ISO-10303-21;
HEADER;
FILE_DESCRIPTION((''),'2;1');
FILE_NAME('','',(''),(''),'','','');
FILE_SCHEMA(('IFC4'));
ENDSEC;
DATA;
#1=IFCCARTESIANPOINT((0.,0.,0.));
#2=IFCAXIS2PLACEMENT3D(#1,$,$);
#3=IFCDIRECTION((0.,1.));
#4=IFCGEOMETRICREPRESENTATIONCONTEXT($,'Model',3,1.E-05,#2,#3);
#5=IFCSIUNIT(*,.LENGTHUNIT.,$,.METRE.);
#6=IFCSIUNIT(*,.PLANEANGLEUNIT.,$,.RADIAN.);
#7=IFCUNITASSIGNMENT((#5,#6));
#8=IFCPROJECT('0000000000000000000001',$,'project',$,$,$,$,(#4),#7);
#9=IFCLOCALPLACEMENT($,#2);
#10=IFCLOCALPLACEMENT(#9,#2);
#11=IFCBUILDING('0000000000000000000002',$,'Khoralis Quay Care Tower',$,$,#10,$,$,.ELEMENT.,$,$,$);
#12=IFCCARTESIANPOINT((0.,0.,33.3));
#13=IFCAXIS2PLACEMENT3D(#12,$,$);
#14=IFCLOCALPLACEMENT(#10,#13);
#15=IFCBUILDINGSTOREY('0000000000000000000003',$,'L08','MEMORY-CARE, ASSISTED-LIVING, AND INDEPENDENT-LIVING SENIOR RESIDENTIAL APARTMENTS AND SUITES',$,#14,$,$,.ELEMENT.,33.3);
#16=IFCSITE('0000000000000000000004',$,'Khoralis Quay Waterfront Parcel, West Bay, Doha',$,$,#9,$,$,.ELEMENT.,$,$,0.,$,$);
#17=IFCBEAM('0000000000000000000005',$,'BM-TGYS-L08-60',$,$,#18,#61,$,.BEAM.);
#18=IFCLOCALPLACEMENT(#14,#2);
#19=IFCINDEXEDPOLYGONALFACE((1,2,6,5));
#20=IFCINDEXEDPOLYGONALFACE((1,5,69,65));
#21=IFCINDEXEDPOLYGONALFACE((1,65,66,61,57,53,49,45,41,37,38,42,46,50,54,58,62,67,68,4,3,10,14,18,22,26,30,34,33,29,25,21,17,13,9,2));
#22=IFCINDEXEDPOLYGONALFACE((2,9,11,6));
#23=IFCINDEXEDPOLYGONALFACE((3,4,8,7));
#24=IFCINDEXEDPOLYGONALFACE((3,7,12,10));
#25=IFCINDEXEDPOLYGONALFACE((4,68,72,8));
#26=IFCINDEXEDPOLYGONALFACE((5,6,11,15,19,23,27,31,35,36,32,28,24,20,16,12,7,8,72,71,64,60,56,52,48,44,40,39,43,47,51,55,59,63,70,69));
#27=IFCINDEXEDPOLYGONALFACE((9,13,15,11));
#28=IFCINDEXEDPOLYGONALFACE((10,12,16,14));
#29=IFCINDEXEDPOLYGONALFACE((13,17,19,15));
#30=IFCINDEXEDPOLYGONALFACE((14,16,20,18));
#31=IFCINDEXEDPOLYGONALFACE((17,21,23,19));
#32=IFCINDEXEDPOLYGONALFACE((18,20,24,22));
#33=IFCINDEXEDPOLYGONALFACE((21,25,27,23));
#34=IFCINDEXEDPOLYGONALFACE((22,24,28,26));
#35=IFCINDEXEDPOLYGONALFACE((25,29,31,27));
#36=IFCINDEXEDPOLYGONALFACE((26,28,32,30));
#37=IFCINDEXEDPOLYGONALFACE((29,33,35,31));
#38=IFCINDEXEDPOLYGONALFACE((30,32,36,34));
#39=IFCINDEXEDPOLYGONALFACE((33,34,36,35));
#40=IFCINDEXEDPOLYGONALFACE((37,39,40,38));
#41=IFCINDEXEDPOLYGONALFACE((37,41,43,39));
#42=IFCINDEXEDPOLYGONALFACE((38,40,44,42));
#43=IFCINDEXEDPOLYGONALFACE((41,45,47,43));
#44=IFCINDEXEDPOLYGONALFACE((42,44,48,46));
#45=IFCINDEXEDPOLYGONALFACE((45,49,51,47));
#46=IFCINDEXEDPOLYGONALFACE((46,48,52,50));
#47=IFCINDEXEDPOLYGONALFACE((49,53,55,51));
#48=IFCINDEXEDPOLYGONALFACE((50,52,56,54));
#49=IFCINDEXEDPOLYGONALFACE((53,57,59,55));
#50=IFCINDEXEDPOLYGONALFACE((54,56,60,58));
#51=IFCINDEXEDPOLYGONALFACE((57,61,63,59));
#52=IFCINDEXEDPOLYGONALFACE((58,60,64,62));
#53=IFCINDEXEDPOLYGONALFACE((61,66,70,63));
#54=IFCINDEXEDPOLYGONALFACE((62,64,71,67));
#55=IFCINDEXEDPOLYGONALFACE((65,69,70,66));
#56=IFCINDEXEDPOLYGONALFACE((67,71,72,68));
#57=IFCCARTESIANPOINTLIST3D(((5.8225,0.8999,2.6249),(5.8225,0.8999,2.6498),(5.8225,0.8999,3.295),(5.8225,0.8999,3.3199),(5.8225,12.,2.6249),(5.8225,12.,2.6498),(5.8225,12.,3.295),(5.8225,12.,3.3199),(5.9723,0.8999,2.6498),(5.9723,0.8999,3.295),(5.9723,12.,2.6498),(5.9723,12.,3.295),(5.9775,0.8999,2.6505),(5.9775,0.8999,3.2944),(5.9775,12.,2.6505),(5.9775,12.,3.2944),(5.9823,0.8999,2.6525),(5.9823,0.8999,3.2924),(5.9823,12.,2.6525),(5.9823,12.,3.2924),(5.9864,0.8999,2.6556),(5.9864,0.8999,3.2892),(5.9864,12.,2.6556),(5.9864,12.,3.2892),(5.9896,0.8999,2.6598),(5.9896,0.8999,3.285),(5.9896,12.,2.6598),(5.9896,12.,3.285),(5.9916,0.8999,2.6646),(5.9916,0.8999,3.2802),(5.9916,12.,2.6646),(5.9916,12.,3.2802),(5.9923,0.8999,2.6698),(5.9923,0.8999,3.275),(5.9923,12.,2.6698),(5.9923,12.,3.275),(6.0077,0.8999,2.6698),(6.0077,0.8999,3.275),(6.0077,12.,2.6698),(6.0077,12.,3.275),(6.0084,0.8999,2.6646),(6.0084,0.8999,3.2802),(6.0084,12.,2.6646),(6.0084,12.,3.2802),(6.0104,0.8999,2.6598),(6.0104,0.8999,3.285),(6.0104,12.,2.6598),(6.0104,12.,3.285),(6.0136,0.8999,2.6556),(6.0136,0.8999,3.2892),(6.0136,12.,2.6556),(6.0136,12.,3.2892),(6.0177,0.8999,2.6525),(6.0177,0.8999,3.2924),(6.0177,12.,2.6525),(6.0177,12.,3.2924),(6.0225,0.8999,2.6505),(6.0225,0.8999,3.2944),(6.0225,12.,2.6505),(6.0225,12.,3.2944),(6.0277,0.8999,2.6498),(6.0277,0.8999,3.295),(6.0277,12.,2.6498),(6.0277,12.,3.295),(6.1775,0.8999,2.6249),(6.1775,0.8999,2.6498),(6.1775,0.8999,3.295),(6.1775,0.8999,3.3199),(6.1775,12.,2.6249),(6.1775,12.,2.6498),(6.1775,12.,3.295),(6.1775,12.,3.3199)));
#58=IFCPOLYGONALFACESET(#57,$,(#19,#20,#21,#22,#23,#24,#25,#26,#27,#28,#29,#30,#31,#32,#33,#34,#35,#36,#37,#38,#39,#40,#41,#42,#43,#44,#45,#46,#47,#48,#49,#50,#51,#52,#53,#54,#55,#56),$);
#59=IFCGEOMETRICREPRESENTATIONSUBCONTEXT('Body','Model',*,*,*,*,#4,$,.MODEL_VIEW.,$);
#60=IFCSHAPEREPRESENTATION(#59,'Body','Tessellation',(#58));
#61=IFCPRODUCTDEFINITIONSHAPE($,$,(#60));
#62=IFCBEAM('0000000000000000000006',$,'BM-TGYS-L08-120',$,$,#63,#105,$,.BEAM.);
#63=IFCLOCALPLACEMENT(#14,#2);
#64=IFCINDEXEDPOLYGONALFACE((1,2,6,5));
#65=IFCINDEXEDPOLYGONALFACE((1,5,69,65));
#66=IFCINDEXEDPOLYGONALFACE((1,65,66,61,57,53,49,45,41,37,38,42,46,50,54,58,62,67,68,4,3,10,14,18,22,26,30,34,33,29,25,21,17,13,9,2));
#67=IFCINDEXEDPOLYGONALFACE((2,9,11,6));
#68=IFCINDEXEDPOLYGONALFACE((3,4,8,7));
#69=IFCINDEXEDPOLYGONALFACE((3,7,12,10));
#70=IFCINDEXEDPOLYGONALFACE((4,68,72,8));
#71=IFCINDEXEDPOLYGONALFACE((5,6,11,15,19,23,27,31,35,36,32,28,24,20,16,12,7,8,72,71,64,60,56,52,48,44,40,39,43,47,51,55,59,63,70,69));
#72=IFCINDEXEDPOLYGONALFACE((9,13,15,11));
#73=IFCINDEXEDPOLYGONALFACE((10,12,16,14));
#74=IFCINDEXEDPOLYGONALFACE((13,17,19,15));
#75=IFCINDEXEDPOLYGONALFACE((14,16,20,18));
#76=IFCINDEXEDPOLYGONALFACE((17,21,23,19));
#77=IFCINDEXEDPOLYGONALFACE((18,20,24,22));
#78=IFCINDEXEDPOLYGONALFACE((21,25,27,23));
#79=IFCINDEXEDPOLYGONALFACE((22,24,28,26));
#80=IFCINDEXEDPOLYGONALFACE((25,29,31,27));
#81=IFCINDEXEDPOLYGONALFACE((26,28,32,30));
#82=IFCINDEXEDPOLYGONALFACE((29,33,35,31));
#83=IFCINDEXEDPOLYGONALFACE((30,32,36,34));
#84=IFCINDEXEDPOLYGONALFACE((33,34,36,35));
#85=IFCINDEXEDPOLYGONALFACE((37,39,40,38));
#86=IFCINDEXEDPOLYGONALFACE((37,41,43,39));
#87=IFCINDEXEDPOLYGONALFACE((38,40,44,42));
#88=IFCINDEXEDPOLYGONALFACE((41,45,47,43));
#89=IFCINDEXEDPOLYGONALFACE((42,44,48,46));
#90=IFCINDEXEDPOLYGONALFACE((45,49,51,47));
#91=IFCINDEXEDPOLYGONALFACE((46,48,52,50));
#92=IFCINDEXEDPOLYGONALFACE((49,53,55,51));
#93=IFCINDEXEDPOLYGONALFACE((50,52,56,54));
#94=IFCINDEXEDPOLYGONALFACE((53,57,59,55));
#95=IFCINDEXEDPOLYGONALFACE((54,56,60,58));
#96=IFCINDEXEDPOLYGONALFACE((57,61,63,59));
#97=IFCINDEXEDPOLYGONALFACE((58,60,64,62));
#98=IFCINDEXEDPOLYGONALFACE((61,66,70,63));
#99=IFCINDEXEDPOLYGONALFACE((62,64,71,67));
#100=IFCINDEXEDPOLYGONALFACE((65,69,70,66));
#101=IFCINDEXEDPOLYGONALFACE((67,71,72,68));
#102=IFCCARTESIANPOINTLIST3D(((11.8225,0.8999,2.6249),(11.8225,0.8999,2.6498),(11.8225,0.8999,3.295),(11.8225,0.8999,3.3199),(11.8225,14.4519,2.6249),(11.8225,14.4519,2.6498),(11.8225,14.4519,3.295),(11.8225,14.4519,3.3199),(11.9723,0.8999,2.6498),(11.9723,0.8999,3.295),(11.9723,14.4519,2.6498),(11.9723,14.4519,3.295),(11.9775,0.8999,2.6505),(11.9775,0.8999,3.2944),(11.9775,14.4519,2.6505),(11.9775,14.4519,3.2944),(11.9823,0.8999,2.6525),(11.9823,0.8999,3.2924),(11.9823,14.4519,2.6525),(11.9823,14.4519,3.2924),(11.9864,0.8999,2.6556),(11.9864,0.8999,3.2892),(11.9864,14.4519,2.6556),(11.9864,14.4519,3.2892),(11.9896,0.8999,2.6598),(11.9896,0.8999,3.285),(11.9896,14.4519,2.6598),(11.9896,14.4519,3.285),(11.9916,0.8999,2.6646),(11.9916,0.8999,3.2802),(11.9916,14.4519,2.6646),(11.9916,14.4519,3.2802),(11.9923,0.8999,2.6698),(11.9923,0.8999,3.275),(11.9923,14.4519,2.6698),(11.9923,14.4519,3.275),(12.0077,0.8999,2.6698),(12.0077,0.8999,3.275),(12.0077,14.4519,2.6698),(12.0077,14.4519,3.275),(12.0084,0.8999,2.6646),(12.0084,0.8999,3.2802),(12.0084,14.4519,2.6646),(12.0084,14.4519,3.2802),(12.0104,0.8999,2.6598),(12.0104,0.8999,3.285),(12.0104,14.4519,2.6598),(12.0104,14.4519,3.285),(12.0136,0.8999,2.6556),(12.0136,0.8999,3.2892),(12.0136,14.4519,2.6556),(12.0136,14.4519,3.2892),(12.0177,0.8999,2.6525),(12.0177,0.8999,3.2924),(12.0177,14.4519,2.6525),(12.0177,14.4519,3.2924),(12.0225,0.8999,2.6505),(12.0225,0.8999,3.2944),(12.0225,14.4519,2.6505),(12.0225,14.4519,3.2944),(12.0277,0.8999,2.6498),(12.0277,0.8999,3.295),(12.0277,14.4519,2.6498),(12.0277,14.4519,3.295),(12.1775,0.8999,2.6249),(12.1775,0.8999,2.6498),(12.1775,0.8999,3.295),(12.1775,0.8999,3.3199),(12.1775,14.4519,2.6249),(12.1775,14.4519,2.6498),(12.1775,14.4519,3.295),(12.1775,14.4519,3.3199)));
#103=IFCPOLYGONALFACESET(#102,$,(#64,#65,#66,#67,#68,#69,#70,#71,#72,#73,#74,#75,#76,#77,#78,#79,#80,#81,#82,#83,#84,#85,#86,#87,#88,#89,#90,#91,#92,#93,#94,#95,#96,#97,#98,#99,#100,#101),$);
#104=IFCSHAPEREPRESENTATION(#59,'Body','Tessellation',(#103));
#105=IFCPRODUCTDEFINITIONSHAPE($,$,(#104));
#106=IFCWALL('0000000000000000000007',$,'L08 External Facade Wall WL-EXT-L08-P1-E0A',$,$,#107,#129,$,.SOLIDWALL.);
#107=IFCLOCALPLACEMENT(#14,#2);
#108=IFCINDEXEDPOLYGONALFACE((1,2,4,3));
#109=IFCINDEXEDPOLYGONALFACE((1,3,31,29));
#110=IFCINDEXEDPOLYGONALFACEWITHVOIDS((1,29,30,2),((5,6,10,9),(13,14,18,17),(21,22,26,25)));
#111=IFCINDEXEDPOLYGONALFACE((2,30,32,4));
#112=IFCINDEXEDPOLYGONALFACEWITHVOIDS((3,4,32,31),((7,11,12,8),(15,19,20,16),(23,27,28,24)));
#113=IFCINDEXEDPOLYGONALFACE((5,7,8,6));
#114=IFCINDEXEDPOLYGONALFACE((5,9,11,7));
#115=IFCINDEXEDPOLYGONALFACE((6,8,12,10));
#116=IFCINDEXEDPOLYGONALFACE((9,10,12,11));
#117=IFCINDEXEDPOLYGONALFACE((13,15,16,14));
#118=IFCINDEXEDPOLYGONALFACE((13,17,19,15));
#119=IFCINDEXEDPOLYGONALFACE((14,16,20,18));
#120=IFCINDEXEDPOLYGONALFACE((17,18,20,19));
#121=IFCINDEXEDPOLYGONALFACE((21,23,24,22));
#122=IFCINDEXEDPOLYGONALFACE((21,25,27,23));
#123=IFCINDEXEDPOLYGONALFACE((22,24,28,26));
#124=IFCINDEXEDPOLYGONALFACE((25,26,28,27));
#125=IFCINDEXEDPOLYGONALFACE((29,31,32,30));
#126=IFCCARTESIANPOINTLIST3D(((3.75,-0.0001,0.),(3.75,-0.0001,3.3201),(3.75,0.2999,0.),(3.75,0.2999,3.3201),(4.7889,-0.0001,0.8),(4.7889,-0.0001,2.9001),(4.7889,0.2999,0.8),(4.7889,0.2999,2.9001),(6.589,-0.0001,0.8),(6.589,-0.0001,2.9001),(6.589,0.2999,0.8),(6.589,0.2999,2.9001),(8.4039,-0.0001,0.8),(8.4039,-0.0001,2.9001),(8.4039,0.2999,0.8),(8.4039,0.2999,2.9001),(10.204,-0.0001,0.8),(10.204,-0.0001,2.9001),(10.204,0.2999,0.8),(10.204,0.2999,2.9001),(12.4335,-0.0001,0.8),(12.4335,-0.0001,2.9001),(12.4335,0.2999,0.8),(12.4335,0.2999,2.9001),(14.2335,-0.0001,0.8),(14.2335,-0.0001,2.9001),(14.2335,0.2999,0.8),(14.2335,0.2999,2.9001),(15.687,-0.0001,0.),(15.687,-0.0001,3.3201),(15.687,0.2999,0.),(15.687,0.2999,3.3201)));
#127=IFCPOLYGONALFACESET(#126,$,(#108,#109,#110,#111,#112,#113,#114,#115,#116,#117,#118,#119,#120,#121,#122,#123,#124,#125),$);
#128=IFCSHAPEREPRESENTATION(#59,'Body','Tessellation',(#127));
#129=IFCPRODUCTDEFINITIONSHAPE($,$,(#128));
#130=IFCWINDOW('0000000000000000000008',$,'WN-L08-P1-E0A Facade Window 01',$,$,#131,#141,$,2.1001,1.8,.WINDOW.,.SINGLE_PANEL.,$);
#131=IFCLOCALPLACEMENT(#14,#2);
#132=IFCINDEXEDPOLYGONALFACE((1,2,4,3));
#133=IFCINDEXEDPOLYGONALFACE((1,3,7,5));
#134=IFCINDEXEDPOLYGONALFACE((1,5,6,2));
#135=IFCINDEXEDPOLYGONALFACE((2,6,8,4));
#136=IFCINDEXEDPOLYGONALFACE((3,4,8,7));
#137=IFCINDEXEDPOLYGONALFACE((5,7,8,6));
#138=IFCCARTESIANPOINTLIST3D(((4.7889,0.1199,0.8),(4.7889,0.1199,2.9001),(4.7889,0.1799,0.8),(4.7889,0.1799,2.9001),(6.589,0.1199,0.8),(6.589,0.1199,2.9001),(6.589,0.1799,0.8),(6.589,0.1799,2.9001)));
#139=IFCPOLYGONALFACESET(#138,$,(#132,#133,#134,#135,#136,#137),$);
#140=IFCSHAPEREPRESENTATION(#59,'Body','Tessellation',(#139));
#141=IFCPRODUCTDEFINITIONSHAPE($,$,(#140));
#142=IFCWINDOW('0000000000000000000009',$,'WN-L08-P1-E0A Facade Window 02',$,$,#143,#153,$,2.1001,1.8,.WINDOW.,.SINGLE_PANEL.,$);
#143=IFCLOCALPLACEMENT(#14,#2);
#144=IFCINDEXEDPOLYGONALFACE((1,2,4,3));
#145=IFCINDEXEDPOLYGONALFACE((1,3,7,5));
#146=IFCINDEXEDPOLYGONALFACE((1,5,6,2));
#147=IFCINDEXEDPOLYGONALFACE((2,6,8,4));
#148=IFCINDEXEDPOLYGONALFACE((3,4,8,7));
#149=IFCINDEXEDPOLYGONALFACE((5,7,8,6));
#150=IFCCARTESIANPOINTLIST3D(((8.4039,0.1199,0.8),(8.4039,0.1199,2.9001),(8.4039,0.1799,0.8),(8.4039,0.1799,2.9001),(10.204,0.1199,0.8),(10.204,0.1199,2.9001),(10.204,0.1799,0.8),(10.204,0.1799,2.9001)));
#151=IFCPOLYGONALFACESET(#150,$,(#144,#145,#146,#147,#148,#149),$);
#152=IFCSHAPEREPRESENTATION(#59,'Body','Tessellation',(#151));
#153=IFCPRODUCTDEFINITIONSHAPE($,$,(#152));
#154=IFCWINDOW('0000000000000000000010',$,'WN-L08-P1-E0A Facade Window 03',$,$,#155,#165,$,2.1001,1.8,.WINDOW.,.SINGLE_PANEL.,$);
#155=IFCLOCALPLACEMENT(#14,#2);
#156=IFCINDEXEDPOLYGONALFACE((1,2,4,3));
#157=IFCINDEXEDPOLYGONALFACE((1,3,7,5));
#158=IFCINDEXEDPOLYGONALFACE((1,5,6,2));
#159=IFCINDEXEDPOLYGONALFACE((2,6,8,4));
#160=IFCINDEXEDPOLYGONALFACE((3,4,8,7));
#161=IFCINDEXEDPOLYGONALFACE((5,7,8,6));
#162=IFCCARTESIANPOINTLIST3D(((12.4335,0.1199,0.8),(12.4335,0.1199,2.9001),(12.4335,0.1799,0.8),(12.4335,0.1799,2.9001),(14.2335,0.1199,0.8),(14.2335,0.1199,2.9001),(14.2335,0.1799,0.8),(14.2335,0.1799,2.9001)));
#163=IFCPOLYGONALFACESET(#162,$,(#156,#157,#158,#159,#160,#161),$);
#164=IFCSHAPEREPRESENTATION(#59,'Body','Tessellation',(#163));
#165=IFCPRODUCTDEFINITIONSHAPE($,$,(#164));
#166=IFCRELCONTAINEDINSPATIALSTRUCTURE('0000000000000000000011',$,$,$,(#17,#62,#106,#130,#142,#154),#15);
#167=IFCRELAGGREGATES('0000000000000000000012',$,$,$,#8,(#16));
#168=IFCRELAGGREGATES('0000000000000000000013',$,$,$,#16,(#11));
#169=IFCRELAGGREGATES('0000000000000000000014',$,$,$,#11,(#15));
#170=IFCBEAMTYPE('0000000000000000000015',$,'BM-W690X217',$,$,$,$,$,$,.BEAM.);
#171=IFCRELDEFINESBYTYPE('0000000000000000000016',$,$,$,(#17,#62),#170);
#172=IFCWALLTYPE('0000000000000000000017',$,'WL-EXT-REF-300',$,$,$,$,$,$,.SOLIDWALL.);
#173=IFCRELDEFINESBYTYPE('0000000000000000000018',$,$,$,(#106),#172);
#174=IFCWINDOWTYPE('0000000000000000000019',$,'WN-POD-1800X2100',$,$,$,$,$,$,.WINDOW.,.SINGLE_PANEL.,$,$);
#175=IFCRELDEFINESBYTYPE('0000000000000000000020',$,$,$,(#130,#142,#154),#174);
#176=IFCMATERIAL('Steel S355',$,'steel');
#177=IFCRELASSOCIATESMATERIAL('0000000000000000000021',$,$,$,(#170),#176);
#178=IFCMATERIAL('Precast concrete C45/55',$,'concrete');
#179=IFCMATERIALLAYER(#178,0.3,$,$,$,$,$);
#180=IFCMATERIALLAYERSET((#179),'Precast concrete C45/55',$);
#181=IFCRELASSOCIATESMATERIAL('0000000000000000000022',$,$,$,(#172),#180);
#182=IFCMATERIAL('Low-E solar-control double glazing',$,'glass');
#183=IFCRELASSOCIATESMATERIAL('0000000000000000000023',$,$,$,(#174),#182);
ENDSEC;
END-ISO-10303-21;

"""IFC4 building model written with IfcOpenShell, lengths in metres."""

from ifc_helpers import new_model, si_unit, direction, frame, frame_2d, origin, origin_2d, place, context, subcontext, project, spatial, rectangle, i_section, extrude, source, transform, mapped, material, layer, layer_set, material_profile, profile_set, type_object, element, fill, save


model = new_model("IFC4")

# Units and contexts
model_context = context("Model", 3, precision=1e-05, world=origin(), true_north=direction((0.0, 1.0)))
body_context = subcontext(model_context, "Body", "Model", "MODEL_VIEW")
ifc_project = project(units=[si_unit("LENGTHUNIT", "METRE"), si_unit("PLANEANGLEUNIT", "RADIAN")], contexts=[model_context])

# Site, building, storey
site_placement = place(None, origin())
site = spatial("IfcSite", under=ifc_project, at=site_placement, Name="Khoralis Quay Waterfront Parcel, West Bay, Doha", CompositionType="ELEMENT", RefElevation=0.0)
building_placement = place(site_placement, origin())
building = spatial("IfcBuilding", under=site, at=building_placement, Name="Khoralis Quay Care Tower", CompositionType="ELEMENT")
storey_placement = place(building_placement, frame((0.0, 0.0, 33.3)))
storey = spatial("IfcBuildingStorey", under=building, at=storey_placement, Name="L08", Description="MEMORY-CARE, ASSISTED-LIVING, AND INDEPENDENT-LIVING SENIOR RESIDENTIAL APARTMENTS AND SUITES", CompositionType="ELEMENT", Elevation=33.3)

# Beams
ifc_material_1 = material(Name="Steel S355", Category="steel")
ifc_material_profile_1 = material_profile(ifc_material_1, i_section(OverallWidth=0.355, OverallDepth=0.6951, WebThickness=0.0154, FlangeThickness=0.0249, FilletRadius=0.02, at=origin_2d()), Name="Steel S355")
ifc_profile_set_1 = profile_set([ifc_material_profile_1], Name="Steel S355")
beam_type_1 = type_object("IfcBeamType", Name="BM-W690X217", PredefinedType="BEAM", material=ifc_profile_set_1)
shared_shape_1 = source(origin(), body_context, "Body", "SweptSolid", [
    extrude(i_section(OverallWidth=0.355, OverallDepth=0.6951, WebThickness=0.0154, FlangeThickness=0.0249, FilletRadius=0.02, at=origin_2d()), origin(), (0.0, 0.0, 1.0), 11.1001),
])
beam_1_placement = place(storey_placement, frame((6.0, 0.8999, 2.9724), z_axis=(0.0, 1.0, 0.0), x_axis=(-1.0, 0.0, 0.0)))
element("IfcBeam", 1, at=beam_1_placement, inside=storey, type_object=beam_type_1, Name="BM-TGYS-L08-60", PredefinedType="BEAM", context=body_context, shape_type="MappedRepresentation", body=[
    mapped(shared_shape_1, transform((0.0, 0.0, 0.0), scale=1.0)),
])
shared_shape_2 = source(origin(), body_context, "Body", "SweptSolid", [
    extrude(i_section(OverallWidth=0.355, OverallDepth=0.6951, WebThickness=0.0154, FlangeThickness=0.0249, FilletRadius=0.02, at=origin_2d()), origin(), (0.0, 0.0, 1.0), 13.552),
])
beam_2_placement = place(storey_placement, frame((12.0, 0.8999, 2.9724), z_axis=(0.0, 1.0, 0.0), x_axis=(-1.0, 0.0, 0.0)))
element("IfcBeam", 2, at=beam_2_placement, inside=storey, type_object=beam_type_1, Name="BM-TGYS-L08-120", PredefinedType="BEAM", context=body_context, shape_type="MappedRepresentation", body=[
    mapped(shared_shape_2, transform((0.0, 0.0, 0.0), scale=1.0)),
])

# Wall, openings, windows
ifc_material_2 = material(Name="Precast concrete C45/55", Category="concrete")
ifc_layer_1 = layer(ifc_material_2, 0.3)
ifc_layer_set_1 = layer_set([ifc_layer_1], Name="Precast concrete C45/55")
wall_type_1 = type_object("IfcWallType", Name="WL-EXT-REF-300", PredefinedType="SOLIDWALL", material=ifc_layer_set_1)
wall_1_placement = place(storey_placement, frame((3.75, 0.1499, 0.0), z_axis=(0.0, 0.0, 1.0), x_axis=(1.0, 0.0, 0.0)))
wall_1 = element("IfcWall", 3, at=wall_1_placement, inside=storey, type_object=wall_type_1, Name="L08 External Facade Wall WL-EXT-L08-P1-E0A", PredefinedType="SOLIDWALL", context=body_context, shape_type="SweptSolid", body=[
    extrude(rectangle(XDim=11.937, YDim=0.3, at=frame_2d((5.9685, 0.0))), origin(), (0.0, 0.0, 1.0), 3.3201),
])
opening_1_placement = place(wall_1_placement, frame((1.0391, 0.0, 0.8)))
opening_1 = element("IfcOpeningElement", 4, at=opening_1_placement, cuts=wall_1, PredefinedType="OPENING", context=body_context, shape_type="SweptSolid", body=[
    extrude(rectangle(XDim=1.8, YDim=2.1001, at=frame_2d((0.8999, 1.05))), frame((0.0, 0.1602, 0.0), z_axis=(0.0, -1.0, 0.0), x_axis=(1.0, 0.0, 0.0)), (0.0, 0.0, 1.0), 0.3201),
])
opening_2_placement = place(wall_1_placement, frame((4.6541, 0.0, 0.8)))
opening_2 = element("IfcOpeningElement", 5, at=opening_2_placement, cuts=wall_1, PredefinedType="OPENING", context=body_context, shape_type="SweptSolid", body=[
    extrude(rectangle(XDim=1.8, YDim=2.1001, at=frame_2d((0.8999, 1.05))), frame((0.0, 0.1602, 0.0), z_axis=(0.0, -1.0, 0.0), x_axis=(1.0, 0.0, 0.0)), (0.0, 0.0, 1.0), 0.3201),
])
opening_3_placement = place(wall_1_placement, frame((8.6836, 0.0, 0.8)))
opening_3 = element("IfcOpeningElement", 6, at=opening_3_placement, cuts=wall_1, PredefinedType="OPENING", context=body_context, shape_type="SweptSolid", body=[
    extrude(rectangle(XDim=1.8, YDim=2.1001, at=frame_2d((0.8999, 1.05))), frame((0.0, 0.1602, 0.0), z_axis=(0.0, -1.0, 0.0), x_axis=(1.0, 0.0, 0.0)), (0.0, 0.0, 1.0), 0.3201),
])
ifc_material_3 = material(Name="Low-E solar-control double glazing", Category="glass")
window_type = type_object("IfcWindowType", Name="WN-POD-1800X2100", PartitioningType="SINGLE_PANEL", PredefinedType="WINDOW", material=ifc_material_3)
shared_shape_3 = source(origin(), body_context, "Body", "SweptSolid", [
    extrude(rectangle(XDim=1.8, YDim=2.1001, at=frame_2d((0.8999, 1.05))), frame((0.0, 0.03, 0.0), z_axis=(0.0, -1.0, 0.0), x_axis=(1.0, 0.0, 0.0)), (0.0, 0.0, 1.0), 0.0601),
])
window_1_placement = place(opening_1_placement, origin())
window_1 = element("IfcWindow", 7, at=window_1_placement, inside=storey, type_object=window_type, Name="WN-L08-P1-E0A Facade Window 01", OverallHeight=2.1001, OverallWidth=1.8, PartitioningType="SINGLE_PANEL", PredefinedType="WINDOW", context=body_context, shape_type="MappedRepresentation", body=[
    mapped(shared_shape_3, transform((0.0, 0.0, 0.0), scale=1.0)),
])
fill(opening_1, window_1)
window_2_placement = place(opening_2_placement, origin())
window_2 = element("IfcWindow", 8, at=window_2_placement, inside=storey, type_object=window_type, Name="WN-L08-P1-E0A Facade Window 02", OverallHeight=2.1001, OverallWidth=1.8, PartitioningType="SINGLE_PANEL", PredefinedType="WINDOW", context=body_context, shape_type="MappedRepresentation", body=[
    mapped(shared_shape_3, transform((0.0, 0.0, 0.0), scale=1.0)),
])
fill(opening_2, window_2)
window_3_placement = place(opening_3_placement, origin())
window_3 = element("IfcWindow", 9, at=window_3_placement, inside=storey, type_object=window_type, Name="WN-L08-P1-E0A Facade Window 03", OverallHeight=2.1001, OverallWidth=1.8, PartitioningType="SINGLE_PANEL", PredefinedType="WINDOW", context=body_context, shape_type="MappedRepresentation", body=[
    mapped(shared_shape_3, transform((0.0, 0.0, 0.0), scale=1.0)),
])
fill(opening_3, window_3)

save(model, "model.ifc")
